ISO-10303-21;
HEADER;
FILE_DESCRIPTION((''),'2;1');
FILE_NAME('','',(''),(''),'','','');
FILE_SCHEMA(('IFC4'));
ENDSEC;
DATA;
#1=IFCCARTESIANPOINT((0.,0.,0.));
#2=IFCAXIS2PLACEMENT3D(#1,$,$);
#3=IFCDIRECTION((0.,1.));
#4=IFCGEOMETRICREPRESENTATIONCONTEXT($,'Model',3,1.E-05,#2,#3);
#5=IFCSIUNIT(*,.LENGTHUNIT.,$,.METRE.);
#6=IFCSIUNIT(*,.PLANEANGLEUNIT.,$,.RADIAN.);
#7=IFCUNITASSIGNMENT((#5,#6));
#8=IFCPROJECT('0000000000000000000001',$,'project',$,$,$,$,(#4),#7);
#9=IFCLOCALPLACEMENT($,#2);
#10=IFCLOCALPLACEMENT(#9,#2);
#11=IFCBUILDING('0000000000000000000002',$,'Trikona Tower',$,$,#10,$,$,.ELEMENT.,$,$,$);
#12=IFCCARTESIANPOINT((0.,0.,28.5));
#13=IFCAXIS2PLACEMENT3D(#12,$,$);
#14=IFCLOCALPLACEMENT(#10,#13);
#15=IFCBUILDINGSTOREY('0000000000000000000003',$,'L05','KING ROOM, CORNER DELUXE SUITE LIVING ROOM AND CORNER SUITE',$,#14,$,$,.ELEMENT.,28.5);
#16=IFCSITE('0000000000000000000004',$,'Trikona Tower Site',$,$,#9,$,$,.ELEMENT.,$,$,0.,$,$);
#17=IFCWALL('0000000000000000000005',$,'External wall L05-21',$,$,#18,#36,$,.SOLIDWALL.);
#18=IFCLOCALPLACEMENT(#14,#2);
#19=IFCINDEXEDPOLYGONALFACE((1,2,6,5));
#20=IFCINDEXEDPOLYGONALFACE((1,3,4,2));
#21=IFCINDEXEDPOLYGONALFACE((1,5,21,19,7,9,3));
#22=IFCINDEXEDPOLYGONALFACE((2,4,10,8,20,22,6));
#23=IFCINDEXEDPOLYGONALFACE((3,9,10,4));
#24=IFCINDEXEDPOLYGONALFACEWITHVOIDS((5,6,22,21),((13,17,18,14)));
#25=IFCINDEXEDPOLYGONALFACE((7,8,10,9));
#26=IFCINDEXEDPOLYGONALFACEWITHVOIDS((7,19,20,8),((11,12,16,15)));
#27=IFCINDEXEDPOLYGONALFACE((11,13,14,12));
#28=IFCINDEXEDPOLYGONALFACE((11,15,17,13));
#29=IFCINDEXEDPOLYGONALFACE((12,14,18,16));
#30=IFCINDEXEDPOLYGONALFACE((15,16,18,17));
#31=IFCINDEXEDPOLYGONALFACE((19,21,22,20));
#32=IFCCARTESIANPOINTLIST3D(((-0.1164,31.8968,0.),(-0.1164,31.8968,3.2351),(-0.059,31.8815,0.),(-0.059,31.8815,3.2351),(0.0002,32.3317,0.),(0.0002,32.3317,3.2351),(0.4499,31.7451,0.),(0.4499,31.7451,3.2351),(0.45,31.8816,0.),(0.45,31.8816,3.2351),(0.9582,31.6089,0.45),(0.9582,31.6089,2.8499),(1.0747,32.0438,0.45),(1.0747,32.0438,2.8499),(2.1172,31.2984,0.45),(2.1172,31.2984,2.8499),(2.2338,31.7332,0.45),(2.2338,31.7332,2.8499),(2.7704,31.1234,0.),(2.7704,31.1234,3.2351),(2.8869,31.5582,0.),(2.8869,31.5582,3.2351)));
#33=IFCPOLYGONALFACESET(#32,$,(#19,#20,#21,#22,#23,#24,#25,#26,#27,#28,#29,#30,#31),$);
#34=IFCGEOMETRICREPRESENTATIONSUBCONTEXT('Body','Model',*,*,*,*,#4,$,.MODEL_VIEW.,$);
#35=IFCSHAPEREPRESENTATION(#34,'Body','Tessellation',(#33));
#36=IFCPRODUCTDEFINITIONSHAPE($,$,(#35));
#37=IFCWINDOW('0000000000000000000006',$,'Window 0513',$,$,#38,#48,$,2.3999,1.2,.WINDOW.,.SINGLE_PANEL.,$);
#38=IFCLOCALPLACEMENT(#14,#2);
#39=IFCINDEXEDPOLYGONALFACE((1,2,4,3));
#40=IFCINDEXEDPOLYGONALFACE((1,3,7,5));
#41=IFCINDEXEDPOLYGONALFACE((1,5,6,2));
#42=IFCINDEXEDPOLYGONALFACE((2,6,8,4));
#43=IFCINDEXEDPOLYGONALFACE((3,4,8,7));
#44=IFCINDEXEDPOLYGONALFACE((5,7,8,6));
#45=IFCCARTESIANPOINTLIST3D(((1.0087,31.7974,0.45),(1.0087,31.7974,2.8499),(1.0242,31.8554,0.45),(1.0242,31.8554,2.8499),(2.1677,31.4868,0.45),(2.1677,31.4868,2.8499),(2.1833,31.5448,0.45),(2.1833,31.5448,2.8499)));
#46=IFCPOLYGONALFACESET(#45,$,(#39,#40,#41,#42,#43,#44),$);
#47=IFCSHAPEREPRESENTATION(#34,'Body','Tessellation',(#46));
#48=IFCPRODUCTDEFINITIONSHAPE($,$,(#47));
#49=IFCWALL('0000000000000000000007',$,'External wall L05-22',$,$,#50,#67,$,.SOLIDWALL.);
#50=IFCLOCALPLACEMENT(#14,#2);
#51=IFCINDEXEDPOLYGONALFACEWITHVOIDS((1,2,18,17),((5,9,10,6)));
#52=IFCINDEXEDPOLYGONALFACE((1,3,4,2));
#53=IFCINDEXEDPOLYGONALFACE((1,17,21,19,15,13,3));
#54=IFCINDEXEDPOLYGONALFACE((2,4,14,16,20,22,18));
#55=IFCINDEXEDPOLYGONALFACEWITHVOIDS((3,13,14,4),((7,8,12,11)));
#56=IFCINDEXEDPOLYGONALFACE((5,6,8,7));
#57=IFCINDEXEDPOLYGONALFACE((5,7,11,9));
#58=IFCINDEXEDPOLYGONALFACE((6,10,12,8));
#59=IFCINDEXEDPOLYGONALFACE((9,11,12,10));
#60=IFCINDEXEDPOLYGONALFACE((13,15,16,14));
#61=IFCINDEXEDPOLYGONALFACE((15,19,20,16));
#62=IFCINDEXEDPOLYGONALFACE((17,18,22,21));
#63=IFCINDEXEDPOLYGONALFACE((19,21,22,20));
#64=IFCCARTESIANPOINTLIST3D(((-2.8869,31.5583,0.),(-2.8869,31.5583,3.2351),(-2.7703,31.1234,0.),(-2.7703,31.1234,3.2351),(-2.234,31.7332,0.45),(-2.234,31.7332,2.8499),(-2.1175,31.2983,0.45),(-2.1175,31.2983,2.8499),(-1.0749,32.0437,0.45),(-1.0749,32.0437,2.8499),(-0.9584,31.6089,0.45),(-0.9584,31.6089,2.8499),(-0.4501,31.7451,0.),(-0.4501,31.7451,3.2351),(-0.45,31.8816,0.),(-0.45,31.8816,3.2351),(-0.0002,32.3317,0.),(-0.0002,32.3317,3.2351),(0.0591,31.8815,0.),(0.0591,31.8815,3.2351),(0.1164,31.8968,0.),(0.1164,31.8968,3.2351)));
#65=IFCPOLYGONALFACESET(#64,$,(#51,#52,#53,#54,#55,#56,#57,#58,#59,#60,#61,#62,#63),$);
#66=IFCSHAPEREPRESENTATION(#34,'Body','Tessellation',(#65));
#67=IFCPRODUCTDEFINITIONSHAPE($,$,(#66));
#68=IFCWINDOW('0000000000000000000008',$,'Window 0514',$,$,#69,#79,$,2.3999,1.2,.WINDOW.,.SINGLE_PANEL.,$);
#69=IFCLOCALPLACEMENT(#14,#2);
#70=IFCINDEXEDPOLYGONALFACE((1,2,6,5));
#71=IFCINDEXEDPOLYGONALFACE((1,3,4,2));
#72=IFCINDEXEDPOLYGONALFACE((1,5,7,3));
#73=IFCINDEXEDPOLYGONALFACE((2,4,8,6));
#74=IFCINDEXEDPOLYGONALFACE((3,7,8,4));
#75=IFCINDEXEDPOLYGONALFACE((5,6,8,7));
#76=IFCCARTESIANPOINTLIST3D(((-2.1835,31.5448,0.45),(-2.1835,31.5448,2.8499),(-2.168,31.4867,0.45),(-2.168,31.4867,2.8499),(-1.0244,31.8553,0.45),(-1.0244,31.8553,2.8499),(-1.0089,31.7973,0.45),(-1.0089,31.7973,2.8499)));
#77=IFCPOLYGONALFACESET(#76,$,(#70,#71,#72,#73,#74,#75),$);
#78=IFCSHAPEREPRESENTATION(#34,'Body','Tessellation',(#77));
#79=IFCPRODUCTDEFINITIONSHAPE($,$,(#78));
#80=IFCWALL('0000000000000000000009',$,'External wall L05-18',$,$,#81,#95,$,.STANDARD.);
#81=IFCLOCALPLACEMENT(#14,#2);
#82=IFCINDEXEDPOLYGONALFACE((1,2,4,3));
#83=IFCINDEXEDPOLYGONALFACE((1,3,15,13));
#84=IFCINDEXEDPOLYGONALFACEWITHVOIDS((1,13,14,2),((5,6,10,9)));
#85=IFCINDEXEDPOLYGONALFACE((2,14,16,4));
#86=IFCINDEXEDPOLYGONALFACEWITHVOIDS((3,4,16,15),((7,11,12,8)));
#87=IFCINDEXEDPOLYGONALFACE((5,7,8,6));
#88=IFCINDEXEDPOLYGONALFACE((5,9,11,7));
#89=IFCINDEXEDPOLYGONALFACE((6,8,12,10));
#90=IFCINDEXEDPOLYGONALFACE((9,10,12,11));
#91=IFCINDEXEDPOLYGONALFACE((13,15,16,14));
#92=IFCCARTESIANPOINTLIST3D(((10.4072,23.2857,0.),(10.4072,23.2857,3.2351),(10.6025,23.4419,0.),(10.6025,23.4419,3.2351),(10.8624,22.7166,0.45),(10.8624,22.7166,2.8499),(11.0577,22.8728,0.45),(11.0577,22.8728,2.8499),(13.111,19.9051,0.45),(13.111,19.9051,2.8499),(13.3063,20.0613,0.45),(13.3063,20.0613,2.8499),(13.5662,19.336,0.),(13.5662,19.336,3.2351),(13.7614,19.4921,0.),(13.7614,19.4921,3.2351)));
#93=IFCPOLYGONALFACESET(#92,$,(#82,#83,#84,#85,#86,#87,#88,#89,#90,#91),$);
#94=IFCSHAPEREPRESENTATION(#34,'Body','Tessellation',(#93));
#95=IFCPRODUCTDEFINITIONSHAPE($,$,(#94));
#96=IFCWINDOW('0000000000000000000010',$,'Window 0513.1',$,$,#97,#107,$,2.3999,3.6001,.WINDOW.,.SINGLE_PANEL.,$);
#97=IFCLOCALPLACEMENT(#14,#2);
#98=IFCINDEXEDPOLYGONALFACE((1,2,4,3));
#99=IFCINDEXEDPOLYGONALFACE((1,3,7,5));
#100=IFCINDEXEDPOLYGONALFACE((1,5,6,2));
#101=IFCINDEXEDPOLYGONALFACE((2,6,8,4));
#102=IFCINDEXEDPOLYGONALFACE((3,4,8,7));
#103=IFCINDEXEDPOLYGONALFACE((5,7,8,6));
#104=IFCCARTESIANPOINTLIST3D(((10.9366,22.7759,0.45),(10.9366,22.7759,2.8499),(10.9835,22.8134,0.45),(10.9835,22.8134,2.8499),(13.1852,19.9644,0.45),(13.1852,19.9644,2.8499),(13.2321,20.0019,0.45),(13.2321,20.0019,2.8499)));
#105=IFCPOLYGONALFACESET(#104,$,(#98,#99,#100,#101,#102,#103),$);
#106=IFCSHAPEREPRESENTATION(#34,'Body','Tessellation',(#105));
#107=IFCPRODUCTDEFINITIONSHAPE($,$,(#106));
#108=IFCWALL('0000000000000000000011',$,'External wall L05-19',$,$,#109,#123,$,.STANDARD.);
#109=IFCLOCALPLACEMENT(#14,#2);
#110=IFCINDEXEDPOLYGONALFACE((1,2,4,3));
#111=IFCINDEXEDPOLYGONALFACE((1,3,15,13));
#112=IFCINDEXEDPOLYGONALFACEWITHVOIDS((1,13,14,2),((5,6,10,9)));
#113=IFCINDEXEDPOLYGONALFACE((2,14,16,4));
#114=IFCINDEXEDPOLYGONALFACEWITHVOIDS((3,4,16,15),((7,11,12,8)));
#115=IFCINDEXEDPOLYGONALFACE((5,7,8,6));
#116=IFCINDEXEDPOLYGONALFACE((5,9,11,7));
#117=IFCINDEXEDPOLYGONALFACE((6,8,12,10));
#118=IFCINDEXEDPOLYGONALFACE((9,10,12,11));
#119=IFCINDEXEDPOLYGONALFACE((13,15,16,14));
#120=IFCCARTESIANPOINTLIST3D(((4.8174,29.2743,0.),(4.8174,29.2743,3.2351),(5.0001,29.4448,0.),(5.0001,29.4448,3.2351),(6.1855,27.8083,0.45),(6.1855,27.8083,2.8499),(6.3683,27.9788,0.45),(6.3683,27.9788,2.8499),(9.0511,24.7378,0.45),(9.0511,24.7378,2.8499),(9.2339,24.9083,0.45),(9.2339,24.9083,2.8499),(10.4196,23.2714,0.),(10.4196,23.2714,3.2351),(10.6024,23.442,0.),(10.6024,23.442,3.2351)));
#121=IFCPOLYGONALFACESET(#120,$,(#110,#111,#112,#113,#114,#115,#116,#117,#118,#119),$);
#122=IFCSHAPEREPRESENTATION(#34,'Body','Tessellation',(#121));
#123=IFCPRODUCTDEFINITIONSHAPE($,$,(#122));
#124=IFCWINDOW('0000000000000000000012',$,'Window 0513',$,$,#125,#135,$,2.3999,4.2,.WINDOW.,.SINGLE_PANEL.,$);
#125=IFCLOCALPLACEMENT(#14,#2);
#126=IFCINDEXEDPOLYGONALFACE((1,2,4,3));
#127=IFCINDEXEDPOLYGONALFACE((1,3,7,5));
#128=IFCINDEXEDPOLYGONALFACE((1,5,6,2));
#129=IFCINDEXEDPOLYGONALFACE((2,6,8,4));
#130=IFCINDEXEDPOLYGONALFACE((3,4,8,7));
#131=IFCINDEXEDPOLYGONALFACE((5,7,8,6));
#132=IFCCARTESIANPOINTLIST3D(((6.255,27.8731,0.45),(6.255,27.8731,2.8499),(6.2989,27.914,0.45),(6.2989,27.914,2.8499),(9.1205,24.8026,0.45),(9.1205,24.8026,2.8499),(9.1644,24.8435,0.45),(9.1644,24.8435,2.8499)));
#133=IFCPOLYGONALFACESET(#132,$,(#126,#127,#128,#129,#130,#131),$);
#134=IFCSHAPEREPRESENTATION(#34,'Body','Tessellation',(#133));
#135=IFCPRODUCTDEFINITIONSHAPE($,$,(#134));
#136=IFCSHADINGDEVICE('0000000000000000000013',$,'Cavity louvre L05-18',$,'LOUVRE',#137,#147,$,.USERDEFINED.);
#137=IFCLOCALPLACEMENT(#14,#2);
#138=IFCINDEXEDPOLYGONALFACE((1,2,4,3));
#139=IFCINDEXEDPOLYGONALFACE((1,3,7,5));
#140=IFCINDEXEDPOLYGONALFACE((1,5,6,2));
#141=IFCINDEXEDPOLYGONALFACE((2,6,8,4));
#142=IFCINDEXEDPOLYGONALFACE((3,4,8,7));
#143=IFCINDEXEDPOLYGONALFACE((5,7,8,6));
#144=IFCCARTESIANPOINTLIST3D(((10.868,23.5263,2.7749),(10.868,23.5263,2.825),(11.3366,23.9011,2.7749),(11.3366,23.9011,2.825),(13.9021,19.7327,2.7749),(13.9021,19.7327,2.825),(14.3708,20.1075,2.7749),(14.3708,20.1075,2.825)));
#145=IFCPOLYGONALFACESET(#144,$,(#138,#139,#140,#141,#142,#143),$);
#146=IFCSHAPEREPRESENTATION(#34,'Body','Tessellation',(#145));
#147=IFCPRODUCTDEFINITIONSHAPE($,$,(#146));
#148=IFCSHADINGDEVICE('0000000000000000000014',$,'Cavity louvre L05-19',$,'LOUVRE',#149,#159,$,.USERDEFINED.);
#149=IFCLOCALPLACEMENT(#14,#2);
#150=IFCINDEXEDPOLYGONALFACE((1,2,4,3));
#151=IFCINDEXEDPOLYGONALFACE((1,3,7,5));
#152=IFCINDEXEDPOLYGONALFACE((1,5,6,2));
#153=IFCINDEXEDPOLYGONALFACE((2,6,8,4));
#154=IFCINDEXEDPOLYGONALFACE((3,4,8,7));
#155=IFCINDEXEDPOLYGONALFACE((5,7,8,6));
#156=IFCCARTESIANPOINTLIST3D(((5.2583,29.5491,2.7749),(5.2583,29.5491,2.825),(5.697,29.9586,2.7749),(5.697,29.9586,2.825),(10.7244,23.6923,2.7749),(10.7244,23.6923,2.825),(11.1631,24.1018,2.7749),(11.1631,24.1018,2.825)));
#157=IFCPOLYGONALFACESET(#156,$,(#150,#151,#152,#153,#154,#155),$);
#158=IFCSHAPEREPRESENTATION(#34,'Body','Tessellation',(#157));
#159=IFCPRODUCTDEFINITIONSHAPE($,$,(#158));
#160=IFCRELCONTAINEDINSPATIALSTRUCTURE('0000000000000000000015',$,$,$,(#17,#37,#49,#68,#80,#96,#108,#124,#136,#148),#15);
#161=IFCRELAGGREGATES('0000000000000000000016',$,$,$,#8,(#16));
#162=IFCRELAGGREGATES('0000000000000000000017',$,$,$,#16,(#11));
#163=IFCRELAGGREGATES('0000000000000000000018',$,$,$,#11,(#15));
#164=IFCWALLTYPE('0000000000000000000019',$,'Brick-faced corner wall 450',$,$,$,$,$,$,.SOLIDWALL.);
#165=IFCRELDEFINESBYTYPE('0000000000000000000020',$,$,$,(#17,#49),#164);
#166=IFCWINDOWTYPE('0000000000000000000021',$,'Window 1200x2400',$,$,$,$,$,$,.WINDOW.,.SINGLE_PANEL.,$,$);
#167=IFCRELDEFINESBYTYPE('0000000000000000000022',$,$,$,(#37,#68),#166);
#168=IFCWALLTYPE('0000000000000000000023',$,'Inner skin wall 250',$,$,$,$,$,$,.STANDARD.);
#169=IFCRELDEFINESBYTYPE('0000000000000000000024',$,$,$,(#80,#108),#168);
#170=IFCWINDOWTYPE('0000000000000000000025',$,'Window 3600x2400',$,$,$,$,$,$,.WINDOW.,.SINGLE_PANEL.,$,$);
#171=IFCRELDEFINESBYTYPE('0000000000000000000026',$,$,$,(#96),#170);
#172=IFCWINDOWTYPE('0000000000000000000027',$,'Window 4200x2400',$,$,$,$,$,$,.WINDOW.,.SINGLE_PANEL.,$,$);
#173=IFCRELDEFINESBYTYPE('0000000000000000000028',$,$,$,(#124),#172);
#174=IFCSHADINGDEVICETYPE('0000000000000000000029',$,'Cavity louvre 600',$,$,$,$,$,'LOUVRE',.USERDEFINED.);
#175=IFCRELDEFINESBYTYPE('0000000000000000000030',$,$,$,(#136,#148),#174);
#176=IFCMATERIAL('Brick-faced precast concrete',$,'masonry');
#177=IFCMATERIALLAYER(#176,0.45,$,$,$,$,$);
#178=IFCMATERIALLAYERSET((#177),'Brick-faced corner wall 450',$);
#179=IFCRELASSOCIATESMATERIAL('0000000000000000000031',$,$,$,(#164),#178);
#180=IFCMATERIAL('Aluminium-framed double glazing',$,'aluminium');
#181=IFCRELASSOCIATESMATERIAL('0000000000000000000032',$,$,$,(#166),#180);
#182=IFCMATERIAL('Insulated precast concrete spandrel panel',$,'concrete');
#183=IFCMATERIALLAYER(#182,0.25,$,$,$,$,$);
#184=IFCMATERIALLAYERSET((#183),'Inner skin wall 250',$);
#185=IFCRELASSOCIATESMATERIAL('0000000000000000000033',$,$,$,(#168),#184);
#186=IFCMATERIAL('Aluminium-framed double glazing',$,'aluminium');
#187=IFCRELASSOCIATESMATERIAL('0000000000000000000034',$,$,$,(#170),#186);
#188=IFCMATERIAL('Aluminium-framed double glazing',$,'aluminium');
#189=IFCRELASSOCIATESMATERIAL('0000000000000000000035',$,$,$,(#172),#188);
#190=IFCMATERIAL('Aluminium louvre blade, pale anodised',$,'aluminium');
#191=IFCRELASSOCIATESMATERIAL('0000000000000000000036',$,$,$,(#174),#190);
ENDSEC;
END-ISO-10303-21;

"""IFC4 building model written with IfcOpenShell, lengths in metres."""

from ifc_helpers import new_model, si_unit, direction, frame, frame_2d, origin, origin_2d, place, context, subcontext, project, spatial, polyline, rectangle, outline, extrude, material, layer, layer_set, type_object, element, fill, save


model = new_model("IFC4")

# Units and contexts
model_context = context("Model", 3, precision=1e-05, world=origin(), true_north=direction((0.0, 1.0)))
body_context = subcontext(model_context, "Body", "Model", "MODEL_VIEW")
ifc_project = project(units=[si_unit("LENGTHUNIT", "METRE"), si_unit("PLANEANGLEUNIT", "RADIAN")], contexts=[model_context])

# Site, building, storey
site_placement = place(None, origin())
site = spatial("IfcSite", under=ifc_project, at=site_placement, Name="Trikona Tower Site", CompositionType="ELEMENT", RefElevation=0.0)
building_placement = place(site_placement, origin())
building = spatial("IfcBuilding", under=site, at=building_placement, Name="Trikona Tower", CompositionType="ELEMENT")
storey_placement = place(building_placement, frame((0.0, 0.0, 28.5)))
storey = spatial("IfcBuildingStorey", under=building, at=storey_placement, Name="L05", Description="KING ROOM, CORNER DELUXE SUITE LIVING ROOM AND CORNER SUITE", CompositionType="ELEMENT", Elevation=28.5)

# Walls, openings, windows
ifc_material_1 = material(Name="Brick-faced precast concrete", Category="masonry")
ifc_layer_1 = layer(ifc_material_1, 0.45)
ifc_layer_set_1 = layer_set([ifc_layer_1], Name="Brick-faced corner wall 450")
wall_type_1 = type_object("IfcWallType", Name="Brick-faced corner wall 450", PredefinedType="SOLIDWALL", material=ifc_layer_set_1)
wall_1_placement = place(storey_placement, frame((2.8286, 31.3408, 0.0), z_axis=(0.0, 0.0, 1.0), x_axis=(-0.965931, 0.258801, 0.0)))
wall_1 = element("IfcWall", 1, at=wall_1_placement, inside=storey, type_object=wall_type_1, Name="External wall L05-21", PredefinedType="SOLIDWALL", context=body_context, shape_type="SweptSolid", body=[
    extrude(outline(polyline([(2.9885, 0.2251), (2.9292, 0.2251), (2.4375, 0.0933), (2.4023, 0.2251), (0.0, 0.2251), (0.0, -0.2251), (2.9885, -0.2251), (2.9885, 0.2251)])), origin(), (0.0, 0.0, 1.0), 3.2351),
])
opening_1_placement = place(wall_1_placement, frame((0.676, 0.0, 0.45)))
opening_1 = element("IfcOpeningElement", 2, at=opening_1_placement, cuts=wall_1, PredefinedType="OPENING", context=body_context, shape_type="SweptSolid", body=[
    extrude(rectangle(XDim=1.2, YDim=2.3999, at=frame_2d((0.6001, 1.2))), frame((0.0, 0.2349, 0.0), z_axis=(0.0, -1.0, 0.0), x_axis=(1.0, 0.0, 0.0)), (0.0, 0.0, 1.0), 0.47),
])
ifc_material_2 = material(Name="Aluminium-framed double glazing", Category="aluminium")
window_type_1 = type_object("IfcWindowType", Name="Window 1200x2400", PartitioningType="SINGLE_PANEL", PredefinedType="WINDOW", material=ifc_material_2)
window_1_placement = place(opening_1_placement, origin())
window_1 = element("IfcWindow", 3, at=window_1_placement, inside=storey, type_object=window_type_1, Name="Window 0513", OverallHeight=2.3999, OverallWidth=1.2, PartitioningType="SINGLE_PANEL", PredefinedType="WINDOW", context=body_context, shape_type="SweptSolid", body=[
    extrude(rectangle(XDim=1.2, YDim=2.3999, at=frame_2d((0.6001, 1.2))), frame((0.0, 0.03, 0.0), z_axis=(0.0, -1.0, 0.0), x_axis=(1.0, 0.0, 0.0)), (0.0, 0.0, 1.0), 0.0601),
])
fill(opening_1, window_1)
wall_2_placement = place(storey_placement, frame((0.0581, 32.1143, 0.0), z_axis=(0.0, 0.0, 1.0), x_axis=(-0.965931, -0.258801, 0.0)))
wall_2 = element("IfcWall", 4, at=wall_2_placement, inside=storey, type_object=wall_type_1, Name="External wall L05-22", PredefinedType="SOLIDWALL", context=body_context, shape_type="SweptSolid", body=[
    extrude(outline(polyline([(2.9885, 0.2251), (0.5864, 0.2251), (0.551, 0.0933), (0.0593, 0.2251), (0.0, 0.2251), (0.0, -0.2251), (2.9885, -0.2251), (2.9885, 0.2251)])), origin(), (0.0, 0.0, 1.0), 3.2351),
])
opening_2_placement = place(wall_2_placement, frame((1.1125, 0.0, 0.45)))
opening_2 = element("IfcOpeningElement", 5, at=opening_2_placement, cuts=wall_2, PredefinedType="OPENING", context=body_context, shape_type="SweptSolid", body=[
    extrude(rectangle(XDim=1.2, YDim=2.3999, at=frame_2d((0.6001, 1.2))), frame((0.0, 0.2349, 0.0), z_axis=(0.0, -1.0, 0.0), x_axis=(1.0, 0.0, 0.0)), (0.0, 0.0, 1.0), 0.47),
])
window_2_placement = place(opening_2_placement, origin())
window_2 = element("IfcWindow", 6, at=window_2_placement, inside=storey, type_object=window_type_1, Name="Window 0514", OverallHeight=2.3999, OverallWidth=1.2, PartitioningType="SINGLE_PANEL", PredefinedType="WINDOW", context=body_context, shape_type="SweptSolid", body=[
    extrude(rectangle(XDim=1.2, YDim=2.3999, at=frame_2d((0.6001, 1.2))), frame((0.0, 0.03, 0.0), z_axis=(0.0, -1.0, 0.0), x_axis=(1.0, 0.0, 0.0)), (0.0, 0.0, 1.0), 0.0601),
])
fill(opening_2, window_2)
ifc_material_3 = material(Name="Insulated precast concrete spandrel panel", Category="concrete")
ifc_layer_2 = layer(ifc_material_3, 0.25)
ifc_layer_set_2 = layer_set([ifc_layer_2], Name="Inner skin wall 250")
wall_type_2 = type_object("IfcWallType", Name="Inner skin wall 250", PredefinedType="STANDARD", material=ifc_layer_set_2)
wall_3_placement = place(storey_placement, frame((13.6638, 19.4141, 0.0), z_axis=(0.0, 0.0, 1.0), x_axis=(-0.624595, 0.780949, 0.0)))
wall_3 = element("IfcWall", 7, at=wall_3_placement, inside=storey, type_object=wall_type_2, Name="External wall L05-18", PredefinedType="STANDARD", context=body_context, shape_type="SweptSolid", body=[
    extrude(rectangle(XDim=5.0576, YDim=0.25, at=frame_2d((2.5288, 0.0))), origin(), (0.0, 0.0, 1.0), 3.2351),
])
opening_3_placement = place(wall_3_placement, frame((0.7288, 0.0, 0.45)))
opening_3 = element("IfcOpeningElement", 8, at=opening_3_placement, cuts=wall_3, PredefinedType="OPENING", context=body_context, shape_type="SweptSolid", body=[
    extrude(rectangle(XDim=3.6001, YDim=2.3999, at=frame_2d((1.8, 1.2))), frame((0.0, 0.135, 0.0), z_axis=(0.0, -1.0, 0.0), x_axis=(1.0, 0.0, 0.0)), (0.0, 0.0, 1.0), 0.27),
])
ifc_material_4 = material(Name="Aluminium-framed double glazing", Category="aluminium")
window_type_2 = type_object("IfcWindowType", Name="Window 3600x2400", PartitioningType="SINGLE_PANEL", PredefinedType="WINDOW", material=ifc_material_4)
window_3_placement = place(opening_3_placement, origin())
window_3 = element("IfcWindow", 9, at=window_3_placement, inside=storey, type_object=window_type_2, Name="Window 0513.1", OverallHeight=2.3999, OverallWidth=3.6001, PartitioningType="SINGLE_PANEL", PredefinedType="WINDOW", context=body_context, shape_type="SweptSolid", body=[
    extrude(rectangle(XDim=3.6001, YDim=2.3999, at=frame_2d((1.8, 1.2))), frame((0.0, 0.03, 0.0), z_axis=(0.0, -1.0, 0.0), x_axis=(1.0, 0.0, 0.0)), (0.0, 0.0, 1.0), 0.0601),
])
fill(opening_3, window_3)
wall_4_placement = place(storey_placement, frame((10.511, 23.3567, 0.0), z_axis=(0.0, 0.0, 1.0), x_axis=(-0.68229, 0.731082, 0.0)))
wall_4 = element("IfcWall", 10, at=wall_4_placement, inside=storey, type_object=wall_type_2, Name="External wall L05-19", PredefinedType="STANDARD", context=body_context, shape_type="SweptSolid", body=[
    extrude(rectangle(XDim=8.2109, YDim=0.25, at=frame_2d((4.1055, 0.0))), origin(), (0.0, 0.0, 1.0), 3.2351),
])
opening_4_placement = place(wall_4_placement, frame((2.0056, 0.0, 0.45)))
opening_4 = element("IfcOpeningElement", 11, at=opening_4_placement, cuts=wall_4, PredefinedType="OPENING", context=body_context, shape_type="SweptSolid", body=[
    extrude(rectangle(XDim=4.2, YDim=2.3999, at=frame_2d((2.1001, 1.2))), frame((0.0, 0.135, 0.0), z_axis=(0.0, -1.0, 0.0), x_axis=(1.0, 0.0, 0.0)), (0.0, 0.0, 1.0), 0.27),
])
ifc_material_5 = material(Name="Aluminium-framed double glazing", Category="aluminium")
window_type_3 = type_object("IfcWindowType", Name="Window 4200x2400", PartitioningType="SINGLE_PANEL", PredefinedType="WINDOW", material=ifc_material_5)
window_4_placement = place(opening_4_placement, origin())
window_4 = element("IfcWindow", 12, at=window_4_placement, inside=storey, type_object=window_type_3, Name="Window 0513", OverallHeight=2.3999, OverallWidth=4.2, PartitioningType="SINGLE_PANEL", PredefinedType="WINDOW", context=body_context, shape_type="SweptSolid", body=[
    extrude(rectangle(XDim=4.2, YDim=2.3999, at=frame_2d((2.1001, 1.2))), frame((0.0, 0.03, 0.0), z_axis=(0.0, -1.0, 0.0), x_axis=(1.0, 0.0, 0.0)), (0.0, 0.0, 1.0), 0.0601),
])
fill(opening_4, window_4)

# Shading devices
ifc_material_6 = material(Name="Aluminium louvre blade, pale anodised", Category="aluminium")
shading_device_type = type_object("IfcShadingDeviceType", Name="Cavity louvre 600", ElementType="LOUVRE", PredefinedType="USERDEFINED", material=ifc_material_6)
shading_device_1_placement = place(storey_placement, frame((12.6194, 21.8169, 2.7749), z_axis=(0.0, 0.0, 1.0), x_axis=(-0.624604, 0.780942, 0.0)))
element("IfcShadingDevice", 13, at=shading_device_1_placement, inside=storey, type_object=shading_device_type, Name="Cavity louvre L05-18", ObjectType="LOUVRE", PredefinedType="USERDEFINED", context=body_context, shape_type="SweptSolid", body=[
    extrude(rectangle(XDim=4.8577, YDim=0.6001, at=origin_2d()), origin(), (0.0, 0.0, 1.0), 0.05),
])
shading_device_2_placement = place(storey_placement, frame((8.2107, 26.8254, 2.7749), z_axis=(0.0, 0.0, 1.0), x_axis=(-0.682298, 0.731074, 0.0)))
element("IfcShadingDevice", 14, at=shading_device_2_placement, inside=storey, type_object=shading_device_type, Name="Cavity louvre L05-19", ObjectType="LOUVRE", PredefinedType="USERDEFINED", context=body_context, shape_type="SweptSolid", body=[
    extrude(rectangle(XDim=8.0112, YDim=0.6001, at=origin_2d()), origin(), (0.0, 0.0, 1.0), 0.05),
])

save(model, "model.ifc")
